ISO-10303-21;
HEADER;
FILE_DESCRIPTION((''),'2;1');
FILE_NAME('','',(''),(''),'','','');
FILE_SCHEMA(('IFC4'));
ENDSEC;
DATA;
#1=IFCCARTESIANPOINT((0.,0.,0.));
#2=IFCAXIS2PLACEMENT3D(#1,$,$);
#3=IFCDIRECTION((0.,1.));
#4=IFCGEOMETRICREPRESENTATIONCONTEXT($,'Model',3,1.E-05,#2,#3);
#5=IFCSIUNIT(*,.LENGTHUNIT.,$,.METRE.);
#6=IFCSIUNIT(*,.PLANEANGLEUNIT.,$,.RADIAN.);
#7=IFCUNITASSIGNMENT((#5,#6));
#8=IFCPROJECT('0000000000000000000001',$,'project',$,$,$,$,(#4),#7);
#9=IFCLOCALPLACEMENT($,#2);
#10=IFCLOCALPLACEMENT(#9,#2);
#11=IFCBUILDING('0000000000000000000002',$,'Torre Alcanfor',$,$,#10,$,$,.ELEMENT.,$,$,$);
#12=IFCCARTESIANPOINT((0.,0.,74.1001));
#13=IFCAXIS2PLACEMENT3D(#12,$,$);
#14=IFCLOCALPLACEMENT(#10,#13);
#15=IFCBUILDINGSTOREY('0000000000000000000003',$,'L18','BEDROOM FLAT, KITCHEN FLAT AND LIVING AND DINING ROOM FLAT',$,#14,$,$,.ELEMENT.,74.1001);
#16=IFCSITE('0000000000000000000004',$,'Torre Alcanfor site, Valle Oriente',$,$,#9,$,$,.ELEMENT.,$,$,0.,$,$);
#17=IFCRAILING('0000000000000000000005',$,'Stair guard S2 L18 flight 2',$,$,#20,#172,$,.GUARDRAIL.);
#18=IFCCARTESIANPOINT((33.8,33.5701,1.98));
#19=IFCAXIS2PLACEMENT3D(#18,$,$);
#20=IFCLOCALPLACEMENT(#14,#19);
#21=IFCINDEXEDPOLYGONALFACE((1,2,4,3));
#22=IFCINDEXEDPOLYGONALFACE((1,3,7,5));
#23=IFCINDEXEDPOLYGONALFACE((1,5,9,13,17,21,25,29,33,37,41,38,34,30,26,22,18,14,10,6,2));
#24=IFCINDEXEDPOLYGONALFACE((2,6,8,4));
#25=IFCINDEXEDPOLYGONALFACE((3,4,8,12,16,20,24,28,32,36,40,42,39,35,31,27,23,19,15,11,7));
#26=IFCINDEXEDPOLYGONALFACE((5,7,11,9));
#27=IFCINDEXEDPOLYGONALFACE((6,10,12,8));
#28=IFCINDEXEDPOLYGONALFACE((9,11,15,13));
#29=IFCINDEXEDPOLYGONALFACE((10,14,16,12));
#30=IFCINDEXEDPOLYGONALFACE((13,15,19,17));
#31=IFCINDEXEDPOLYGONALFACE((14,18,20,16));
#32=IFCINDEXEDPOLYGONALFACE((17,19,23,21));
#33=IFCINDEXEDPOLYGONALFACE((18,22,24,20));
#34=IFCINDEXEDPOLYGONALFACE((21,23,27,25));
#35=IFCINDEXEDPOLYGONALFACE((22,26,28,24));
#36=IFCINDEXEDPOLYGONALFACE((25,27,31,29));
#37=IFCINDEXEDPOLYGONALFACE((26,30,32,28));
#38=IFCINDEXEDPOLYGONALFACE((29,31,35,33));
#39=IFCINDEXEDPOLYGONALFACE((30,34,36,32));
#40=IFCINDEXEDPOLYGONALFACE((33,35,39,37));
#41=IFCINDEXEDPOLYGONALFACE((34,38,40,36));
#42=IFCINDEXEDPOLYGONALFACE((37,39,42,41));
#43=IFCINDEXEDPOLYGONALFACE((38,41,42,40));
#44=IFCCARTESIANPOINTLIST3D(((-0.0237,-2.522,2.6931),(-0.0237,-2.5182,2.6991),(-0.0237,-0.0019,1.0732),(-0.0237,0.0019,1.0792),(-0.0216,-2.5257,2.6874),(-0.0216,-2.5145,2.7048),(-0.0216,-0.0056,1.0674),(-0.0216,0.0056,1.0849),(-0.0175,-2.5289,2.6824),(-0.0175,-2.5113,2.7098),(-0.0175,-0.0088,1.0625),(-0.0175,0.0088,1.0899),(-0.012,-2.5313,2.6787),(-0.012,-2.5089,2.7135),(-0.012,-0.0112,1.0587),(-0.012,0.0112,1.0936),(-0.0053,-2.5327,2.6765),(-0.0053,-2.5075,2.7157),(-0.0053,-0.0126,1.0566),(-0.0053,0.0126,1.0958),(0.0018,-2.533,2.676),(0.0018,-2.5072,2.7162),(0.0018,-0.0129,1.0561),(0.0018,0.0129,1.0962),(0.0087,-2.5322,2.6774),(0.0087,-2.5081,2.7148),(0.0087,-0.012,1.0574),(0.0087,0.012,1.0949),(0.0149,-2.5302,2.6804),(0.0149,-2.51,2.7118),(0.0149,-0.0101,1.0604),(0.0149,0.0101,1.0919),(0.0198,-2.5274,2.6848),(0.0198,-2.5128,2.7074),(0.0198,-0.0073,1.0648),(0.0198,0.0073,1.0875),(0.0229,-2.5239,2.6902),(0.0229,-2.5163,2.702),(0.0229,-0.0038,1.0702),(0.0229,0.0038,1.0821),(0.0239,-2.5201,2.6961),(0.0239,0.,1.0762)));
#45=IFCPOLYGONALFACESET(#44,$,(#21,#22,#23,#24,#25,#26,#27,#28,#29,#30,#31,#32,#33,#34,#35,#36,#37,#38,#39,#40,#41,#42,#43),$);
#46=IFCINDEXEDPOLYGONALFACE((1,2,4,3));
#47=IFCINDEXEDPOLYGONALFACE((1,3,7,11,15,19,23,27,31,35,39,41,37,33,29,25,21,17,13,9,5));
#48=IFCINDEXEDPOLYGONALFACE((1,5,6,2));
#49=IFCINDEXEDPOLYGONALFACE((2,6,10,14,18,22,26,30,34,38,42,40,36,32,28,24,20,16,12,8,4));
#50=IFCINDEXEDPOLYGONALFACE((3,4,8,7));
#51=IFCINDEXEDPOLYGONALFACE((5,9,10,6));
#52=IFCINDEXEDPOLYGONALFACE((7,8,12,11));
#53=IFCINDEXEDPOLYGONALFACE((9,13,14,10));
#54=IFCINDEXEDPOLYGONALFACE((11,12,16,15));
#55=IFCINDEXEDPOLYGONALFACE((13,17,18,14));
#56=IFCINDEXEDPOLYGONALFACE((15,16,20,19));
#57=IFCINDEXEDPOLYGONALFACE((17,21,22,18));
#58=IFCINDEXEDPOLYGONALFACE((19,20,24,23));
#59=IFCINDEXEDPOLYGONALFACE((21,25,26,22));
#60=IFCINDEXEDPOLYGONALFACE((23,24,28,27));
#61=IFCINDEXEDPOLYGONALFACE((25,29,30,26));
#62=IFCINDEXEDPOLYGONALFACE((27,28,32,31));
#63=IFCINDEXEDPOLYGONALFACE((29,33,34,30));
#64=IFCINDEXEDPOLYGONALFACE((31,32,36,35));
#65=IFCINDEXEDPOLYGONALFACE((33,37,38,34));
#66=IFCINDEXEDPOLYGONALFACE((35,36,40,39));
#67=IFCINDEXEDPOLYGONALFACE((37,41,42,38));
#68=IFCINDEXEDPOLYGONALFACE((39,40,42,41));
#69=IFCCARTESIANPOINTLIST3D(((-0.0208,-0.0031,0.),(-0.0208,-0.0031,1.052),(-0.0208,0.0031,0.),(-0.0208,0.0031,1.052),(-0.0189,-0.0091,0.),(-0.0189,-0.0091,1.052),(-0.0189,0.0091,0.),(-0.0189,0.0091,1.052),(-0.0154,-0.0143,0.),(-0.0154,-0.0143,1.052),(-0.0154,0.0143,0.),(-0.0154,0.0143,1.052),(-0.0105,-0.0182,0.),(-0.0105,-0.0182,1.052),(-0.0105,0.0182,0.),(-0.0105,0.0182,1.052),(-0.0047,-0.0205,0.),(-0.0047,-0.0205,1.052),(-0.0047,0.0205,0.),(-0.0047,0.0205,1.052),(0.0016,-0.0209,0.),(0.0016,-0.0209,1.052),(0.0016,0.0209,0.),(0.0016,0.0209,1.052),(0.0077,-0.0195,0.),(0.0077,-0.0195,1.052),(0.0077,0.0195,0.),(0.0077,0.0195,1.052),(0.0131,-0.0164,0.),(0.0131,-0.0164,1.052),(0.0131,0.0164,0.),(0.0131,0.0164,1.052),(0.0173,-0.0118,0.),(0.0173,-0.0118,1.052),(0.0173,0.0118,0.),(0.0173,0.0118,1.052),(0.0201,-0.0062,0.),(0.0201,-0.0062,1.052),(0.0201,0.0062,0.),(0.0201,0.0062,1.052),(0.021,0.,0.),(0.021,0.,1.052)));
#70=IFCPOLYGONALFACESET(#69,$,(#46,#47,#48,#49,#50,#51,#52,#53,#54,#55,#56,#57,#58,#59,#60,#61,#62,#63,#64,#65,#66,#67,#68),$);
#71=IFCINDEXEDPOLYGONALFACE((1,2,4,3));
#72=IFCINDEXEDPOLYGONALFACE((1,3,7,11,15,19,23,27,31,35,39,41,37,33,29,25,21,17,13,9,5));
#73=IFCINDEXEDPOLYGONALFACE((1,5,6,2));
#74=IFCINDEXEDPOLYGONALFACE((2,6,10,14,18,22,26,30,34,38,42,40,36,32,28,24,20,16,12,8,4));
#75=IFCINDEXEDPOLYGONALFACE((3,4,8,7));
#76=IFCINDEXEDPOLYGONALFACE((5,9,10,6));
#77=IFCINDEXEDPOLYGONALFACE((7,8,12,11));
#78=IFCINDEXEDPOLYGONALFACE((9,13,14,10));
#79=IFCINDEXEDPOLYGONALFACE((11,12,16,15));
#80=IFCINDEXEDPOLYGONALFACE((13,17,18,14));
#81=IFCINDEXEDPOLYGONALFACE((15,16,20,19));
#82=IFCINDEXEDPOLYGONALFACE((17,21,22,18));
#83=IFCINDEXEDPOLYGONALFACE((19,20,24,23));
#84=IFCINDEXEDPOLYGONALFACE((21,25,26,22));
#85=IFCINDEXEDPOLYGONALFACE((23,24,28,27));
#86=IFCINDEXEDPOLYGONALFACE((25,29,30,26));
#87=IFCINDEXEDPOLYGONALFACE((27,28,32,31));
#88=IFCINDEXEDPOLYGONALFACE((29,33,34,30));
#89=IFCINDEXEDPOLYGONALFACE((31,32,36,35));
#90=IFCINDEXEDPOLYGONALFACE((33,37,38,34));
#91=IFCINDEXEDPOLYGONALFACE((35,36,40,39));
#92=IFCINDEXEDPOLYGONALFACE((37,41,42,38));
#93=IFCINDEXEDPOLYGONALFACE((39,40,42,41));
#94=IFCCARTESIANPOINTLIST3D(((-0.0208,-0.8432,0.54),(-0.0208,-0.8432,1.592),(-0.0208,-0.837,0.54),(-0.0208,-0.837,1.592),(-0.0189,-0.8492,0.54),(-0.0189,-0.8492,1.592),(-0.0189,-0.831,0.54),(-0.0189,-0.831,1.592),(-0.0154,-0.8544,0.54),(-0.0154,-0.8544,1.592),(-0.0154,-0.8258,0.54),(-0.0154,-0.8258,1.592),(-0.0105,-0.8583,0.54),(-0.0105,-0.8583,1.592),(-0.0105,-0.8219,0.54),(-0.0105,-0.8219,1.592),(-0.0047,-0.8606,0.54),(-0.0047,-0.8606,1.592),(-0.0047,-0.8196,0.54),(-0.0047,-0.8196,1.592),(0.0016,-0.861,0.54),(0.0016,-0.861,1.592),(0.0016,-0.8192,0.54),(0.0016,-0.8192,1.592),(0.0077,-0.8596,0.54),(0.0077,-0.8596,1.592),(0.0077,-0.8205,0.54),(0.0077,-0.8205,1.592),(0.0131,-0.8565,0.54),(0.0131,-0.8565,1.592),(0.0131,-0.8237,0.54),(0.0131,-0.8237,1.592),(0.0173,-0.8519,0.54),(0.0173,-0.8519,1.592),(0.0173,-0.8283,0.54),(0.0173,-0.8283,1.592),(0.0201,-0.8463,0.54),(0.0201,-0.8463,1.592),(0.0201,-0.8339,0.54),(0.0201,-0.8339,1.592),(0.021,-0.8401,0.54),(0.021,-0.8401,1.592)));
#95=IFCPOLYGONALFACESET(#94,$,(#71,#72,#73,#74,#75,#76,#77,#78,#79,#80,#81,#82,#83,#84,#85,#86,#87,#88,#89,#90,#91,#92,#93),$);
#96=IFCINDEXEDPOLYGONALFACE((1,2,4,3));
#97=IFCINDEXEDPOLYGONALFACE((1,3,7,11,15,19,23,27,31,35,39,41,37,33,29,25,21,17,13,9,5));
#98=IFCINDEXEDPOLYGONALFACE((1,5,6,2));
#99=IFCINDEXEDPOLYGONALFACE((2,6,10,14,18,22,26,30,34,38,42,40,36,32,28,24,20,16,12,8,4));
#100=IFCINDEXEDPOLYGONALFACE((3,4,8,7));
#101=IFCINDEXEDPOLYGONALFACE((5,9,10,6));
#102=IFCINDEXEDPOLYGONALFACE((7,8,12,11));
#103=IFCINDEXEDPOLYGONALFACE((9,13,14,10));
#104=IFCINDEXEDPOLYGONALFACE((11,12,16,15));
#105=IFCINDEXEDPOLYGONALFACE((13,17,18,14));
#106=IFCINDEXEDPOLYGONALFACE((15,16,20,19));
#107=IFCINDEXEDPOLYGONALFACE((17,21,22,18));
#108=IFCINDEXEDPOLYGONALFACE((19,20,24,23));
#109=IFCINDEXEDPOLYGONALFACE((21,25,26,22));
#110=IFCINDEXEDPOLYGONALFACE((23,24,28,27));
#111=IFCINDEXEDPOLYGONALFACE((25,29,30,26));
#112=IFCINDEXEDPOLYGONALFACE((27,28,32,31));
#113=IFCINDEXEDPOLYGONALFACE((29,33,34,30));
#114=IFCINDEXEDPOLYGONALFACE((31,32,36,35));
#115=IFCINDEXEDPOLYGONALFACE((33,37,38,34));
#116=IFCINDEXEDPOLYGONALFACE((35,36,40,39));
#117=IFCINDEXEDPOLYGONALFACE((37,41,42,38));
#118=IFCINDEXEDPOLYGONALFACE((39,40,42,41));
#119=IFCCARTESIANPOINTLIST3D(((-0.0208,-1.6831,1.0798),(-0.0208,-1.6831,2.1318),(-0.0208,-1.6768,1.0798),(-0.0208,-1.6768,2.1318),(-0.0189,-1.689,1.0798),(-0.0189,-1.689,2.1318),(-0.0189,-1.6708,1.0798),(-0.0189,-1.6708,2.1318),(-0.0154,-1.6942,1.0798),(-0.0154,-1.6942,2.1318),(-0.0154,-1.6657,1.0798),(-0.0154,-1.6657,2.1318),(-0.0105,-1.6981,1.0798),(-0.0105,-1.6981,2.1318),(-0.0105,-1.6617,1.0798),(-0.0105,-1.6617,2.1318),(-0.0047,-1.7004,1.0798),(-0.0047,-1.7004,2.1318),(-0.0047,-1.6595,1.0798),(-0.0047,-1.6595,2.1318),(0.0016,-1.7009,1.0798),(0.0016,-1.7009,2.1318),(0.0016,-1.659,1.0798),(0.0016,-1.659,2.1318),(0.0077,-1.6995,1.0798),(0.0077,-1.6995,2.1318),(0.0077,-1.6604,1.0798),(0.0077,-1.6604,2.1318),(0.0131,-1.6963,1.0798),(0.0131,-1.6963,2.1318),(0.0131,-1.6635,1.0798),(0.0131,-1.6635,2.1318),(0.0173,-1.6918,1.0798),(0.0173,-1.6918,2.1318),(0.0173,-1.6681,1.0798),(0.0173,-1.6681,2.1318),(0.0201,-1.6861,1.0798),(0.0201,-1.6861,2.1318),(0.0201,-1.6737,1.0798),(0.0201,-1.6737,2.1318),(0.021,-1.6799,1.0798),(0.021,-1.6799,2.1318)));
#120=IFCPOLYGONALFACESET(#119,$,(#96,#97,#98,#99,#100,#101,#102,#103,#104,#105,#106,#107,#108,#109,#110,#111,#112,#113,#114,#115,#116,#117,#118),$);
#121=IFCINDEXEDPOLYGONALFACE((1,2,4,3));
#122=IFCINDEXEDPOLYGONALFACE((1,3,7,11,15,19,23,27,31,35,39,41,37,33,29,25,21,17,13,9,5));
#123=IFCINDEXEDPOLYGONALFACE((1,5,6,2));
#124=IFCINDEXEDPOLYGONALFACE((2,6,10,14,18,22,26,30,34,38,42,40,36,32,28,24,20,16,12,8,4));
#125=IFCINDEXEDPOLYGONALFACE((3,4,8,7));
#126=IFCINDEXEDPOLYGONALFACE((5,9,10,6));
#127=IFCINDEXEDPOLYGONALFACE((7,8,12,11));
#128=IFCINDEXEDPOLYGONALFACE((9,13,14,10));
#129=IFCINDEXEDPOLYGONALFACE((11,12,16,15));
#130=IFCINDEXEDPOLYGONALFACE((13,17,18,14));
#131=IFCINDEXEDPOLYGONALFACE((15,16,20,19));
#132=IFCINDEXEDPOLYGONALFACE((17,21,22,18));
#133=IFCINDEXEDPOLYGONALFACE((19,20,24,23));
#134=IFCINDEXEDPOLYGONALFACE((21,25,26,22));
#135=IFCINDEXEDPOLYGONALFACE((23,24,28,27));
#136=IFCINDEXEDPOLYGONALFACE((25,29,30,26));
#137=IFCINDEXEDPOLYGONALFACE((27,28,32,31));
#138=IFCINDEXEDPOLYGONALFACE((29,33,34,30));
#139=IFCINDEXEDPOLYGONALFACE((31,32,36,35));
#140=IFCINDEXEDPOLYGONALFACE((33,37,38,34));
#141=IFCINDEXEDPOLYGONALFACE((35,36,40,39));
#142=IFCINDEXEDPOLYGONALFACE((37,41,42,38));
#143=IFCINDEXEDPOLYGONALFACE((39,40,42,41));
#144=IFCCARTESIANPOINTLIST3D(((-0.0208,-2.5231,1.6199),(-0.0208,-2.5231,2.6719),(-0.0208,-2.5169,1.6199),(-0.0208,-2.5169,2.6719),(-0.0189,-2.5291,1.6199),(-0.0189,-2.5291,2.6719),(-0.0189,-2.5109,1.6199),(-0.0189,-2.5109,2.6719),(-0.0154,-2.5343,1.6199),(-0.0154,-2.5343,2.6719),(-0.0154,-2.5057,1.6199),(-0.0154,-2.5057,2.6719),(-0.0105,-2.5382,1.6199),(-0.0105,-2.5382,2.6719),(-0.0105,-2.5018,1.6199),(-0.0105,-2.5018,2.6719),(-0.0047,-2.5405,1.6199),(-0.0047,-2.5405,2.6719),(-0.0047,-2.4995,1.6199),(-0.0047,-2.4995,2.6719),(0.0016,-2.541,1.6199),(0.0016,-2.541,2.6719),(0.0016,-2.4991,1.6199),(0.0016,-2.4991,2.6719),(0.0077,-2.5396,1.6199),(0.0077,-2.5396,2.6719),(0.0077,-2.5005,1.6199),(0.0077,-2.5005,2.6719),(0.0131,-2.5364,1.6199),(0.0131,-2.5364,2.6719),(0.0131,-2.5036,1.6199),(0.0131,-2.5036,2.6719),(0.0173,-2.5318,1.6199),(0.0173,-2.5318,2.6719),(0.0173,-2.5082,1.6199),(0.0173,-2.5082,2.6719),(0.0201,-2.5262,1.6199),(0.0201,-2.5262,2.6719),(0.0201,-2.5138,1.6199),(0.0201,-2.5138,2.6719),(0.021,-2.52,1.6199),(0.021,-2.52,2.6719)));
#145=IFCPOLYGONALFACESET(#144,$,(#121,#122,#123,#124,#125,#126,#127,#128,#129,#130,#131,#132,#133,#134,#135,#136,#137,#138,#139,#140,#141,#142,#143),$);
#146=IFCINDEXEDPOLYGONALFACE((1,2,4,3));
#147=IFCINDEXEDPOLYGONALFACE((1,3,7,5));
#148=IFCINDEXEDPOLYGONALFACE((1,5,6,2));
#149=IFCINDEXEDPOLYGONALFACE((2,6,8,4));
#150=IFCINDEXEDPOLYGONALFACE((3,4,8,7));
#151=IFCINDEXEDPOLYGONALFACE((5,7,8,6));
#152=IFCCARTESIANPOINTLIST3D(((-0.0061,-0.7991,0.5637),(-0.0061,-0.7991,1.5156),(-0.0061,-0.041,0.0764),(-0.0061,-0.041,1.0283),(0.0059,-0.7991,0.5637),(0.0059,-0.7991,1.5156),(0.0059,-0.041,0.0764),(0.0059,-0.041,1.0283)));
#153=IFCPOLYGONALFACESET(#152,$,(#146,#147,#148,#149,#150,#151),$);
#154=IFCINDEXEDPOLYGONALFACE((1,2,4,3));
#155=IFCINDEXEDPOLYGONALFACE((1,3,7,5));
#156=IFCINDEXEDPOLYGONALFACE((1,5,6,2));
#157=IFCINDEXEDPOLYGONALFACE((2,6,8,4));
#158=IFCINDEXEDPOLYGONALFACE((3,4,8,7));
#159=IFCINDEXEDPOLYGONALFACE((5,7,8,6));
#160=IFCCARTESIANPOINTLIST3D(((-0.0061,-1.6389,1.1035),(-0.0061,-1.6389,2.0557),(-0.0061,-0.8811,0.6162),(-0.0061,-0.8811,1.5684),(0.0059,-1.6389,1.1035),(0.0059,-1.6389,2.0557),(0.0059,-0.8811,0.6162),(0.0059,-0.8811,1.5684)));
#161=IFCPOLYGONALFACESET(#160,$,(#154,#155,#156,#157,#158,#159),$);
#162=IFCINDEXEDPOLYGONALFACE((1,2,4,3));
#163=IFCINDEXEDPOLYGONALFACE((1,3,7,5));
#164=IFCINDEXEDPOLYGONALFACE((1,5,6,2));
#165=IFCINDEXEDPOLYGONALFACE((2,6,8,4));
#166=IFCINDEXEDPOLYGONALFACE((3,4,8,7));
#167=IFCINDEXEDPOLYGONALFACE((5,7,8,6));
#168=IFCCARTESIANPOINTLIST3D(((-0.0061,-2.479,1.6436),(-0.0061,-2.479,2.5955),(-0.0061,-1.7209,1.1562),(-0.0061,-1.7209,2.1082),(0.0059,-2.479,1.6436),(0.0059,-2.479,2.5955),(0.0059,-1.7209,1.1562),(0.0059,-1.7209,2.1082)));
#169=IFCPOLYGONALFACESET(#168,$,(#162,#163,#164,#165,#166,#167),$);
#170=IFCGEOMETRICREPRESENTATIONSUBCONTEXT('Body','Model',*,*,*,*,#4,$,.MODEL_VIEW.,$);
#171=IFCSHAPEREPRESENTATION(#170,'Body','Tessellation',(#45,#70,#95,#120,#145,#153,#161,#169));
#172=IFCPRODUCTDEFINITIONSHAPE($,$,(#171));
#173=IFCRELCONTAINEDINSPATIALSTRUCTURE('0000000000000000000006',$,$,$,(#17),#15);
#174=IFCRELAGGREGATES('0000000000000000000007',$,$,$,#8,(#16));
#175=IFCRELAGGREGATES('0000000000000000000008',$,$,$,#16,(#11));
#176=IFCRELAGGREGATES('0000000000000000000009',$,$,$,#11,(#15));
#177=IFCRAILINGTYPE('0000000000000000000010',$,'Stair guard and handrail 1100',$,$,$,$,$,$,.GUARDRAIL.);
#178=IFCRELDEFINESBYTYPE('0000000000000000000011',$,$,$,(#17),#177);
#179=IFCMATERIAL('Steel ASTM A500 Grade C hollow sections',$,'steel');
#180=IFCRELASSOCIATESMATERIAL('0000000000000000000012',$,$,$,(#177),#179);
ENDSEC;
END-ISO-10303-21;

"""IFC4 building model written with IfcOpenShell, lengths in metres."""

from ifc_helpers import new_model, si_unit, direction, frame, origin, origin_2d, place, context, subcontext, project, spatial, polyline, circle, outline, extrude, material, type_object, element, save


model = new_model("IFC4")

# Units and contexts
model_context = context("Model", 3, precision=1e-05, world=origin(), true_north=direction((0.0, 1.0)))
body_context = subcontext(model_context, "Body", "Model", "MODEL_VIEW")
ifc_project = project(units=[si_unit("LENGTHUNIT", "METRE"), si_unit("PLANEANGLEUNIT", "RADIAN")], contexts=[model_context])

# Site, building, storey
site_placement = place(None, origin())
site = spatial("IfcSite", under=ifc_project, at=site_placement, Name="Torre Alcanfor site, Valle Oriente", CompositionType="ELEMENT", RefElevation=0.0)
building_placement = place(site_placement, origin())
building = spatial("IfcBuilding", under=site, at=building_placement, Name="Torre Alcanfor", CompositionType="ELEMENT")
storey_placement = place(building_placement, frame((0.0, 0.0, 74.1001)))
storey = spatial("IfcBuildingStorey", under=building, at=storey_placement, Name="L18", Description="BEDROOM FLAT, KITCHEN FLAT AND LIVING AND DINING ROOM FLAT", CompositionType="ELEMENT", Elevation=74.1001)

# Railing
ifc_material_1 = material(Name="Steel ASTM A500 Grade C hollow sections", Category="steel")
railing_type_1 = type_object("IfcRailingType", Name="Stair guard and handrail 1100", PredefinedType="GUARDRAIL", material=ifc_material_1)
railing_1_placement = place(storey_placement, frame((33.8, 33.5701, 1.98)))
element("IfcRailing", 1, at=railing_1_placement, inside=storey, type_object=railing_type_1, Name="Stair guard S2 L18 flight 2", PredefinedType="GUARDRAIL", context=body_context, shape_type="SweptSolid", body=[
    extrude(circle(Radius=0.0239, at=origin_2d()), frame((0.0, 0.0, 1.0762), z_axis=(0.0, -0.8412, 0.540725), x_axis=(1.0, 0.0, 0.0)), (0.0, 0.0, 1.0), 2.9958),
    extrude(circle(Radius=0.021, at=origin_2d()), origin(), (0.0, 0.0, 1.0), 1.052),
    extrude(circle(Radius=0.021, at=origin_2d()), frame((0.0, -0.8401, 0.54)), (0.0, 0.0, 1.0), 1.052),
    extrude(circle(Radius=0.021, at=origin_2d()), frame((0.0, -1.6799, 1.0798)), (0.0, 0.0, 1.0), 1.052),
    extrude(circle(Radius=0.021, at=origin_2d()), frame((0.0, -2.52, 1.6199)), (0.0, 0.0, 1.0), 1.052),
    extrude(outline(polyline([(0.041, 0.0764), (0.7991, 0.5637), (0.7991, 1.5156), (0.041, 1.0283), (0.041, 0.0764)])), frame((0.0059, 0.0, 0.0), z_axis=(-1.0, 0.0, 0.0), x_axis=(0.0, -1.0, 0.0)), (0.0, 0.0, 1.0), 0.012),
    extrude(outline(polyline([(0.8811, 0.6162), (1.6389, 1.1035), (1.6389, 2.0557), (0.8811, 1.5684), (0.8811, 0.6162)])), frame((0.0059, 0.0, 0.0), z_axis=(-1.0, 0.0, 0.0), x_axis=(0.0, -1.0, 0.0)), (0.0, 0.0, 1.0), 0.012),
    extrude(outline(polyline([(1.7209, 1.1562), (2.479, 1.6436), (2.479, 2.5955), (1.7209, 2.1082), (1.7209, 1.1562)])), frame((0.0059, 0.0, 0.0), z_axis=(-1.0, 0.0, 0.0), x_axis=(0.0, -1.0, 0.0)), (0.0, 0.0, 1.0), 0.012),
])

save(model, "model.ifc")
